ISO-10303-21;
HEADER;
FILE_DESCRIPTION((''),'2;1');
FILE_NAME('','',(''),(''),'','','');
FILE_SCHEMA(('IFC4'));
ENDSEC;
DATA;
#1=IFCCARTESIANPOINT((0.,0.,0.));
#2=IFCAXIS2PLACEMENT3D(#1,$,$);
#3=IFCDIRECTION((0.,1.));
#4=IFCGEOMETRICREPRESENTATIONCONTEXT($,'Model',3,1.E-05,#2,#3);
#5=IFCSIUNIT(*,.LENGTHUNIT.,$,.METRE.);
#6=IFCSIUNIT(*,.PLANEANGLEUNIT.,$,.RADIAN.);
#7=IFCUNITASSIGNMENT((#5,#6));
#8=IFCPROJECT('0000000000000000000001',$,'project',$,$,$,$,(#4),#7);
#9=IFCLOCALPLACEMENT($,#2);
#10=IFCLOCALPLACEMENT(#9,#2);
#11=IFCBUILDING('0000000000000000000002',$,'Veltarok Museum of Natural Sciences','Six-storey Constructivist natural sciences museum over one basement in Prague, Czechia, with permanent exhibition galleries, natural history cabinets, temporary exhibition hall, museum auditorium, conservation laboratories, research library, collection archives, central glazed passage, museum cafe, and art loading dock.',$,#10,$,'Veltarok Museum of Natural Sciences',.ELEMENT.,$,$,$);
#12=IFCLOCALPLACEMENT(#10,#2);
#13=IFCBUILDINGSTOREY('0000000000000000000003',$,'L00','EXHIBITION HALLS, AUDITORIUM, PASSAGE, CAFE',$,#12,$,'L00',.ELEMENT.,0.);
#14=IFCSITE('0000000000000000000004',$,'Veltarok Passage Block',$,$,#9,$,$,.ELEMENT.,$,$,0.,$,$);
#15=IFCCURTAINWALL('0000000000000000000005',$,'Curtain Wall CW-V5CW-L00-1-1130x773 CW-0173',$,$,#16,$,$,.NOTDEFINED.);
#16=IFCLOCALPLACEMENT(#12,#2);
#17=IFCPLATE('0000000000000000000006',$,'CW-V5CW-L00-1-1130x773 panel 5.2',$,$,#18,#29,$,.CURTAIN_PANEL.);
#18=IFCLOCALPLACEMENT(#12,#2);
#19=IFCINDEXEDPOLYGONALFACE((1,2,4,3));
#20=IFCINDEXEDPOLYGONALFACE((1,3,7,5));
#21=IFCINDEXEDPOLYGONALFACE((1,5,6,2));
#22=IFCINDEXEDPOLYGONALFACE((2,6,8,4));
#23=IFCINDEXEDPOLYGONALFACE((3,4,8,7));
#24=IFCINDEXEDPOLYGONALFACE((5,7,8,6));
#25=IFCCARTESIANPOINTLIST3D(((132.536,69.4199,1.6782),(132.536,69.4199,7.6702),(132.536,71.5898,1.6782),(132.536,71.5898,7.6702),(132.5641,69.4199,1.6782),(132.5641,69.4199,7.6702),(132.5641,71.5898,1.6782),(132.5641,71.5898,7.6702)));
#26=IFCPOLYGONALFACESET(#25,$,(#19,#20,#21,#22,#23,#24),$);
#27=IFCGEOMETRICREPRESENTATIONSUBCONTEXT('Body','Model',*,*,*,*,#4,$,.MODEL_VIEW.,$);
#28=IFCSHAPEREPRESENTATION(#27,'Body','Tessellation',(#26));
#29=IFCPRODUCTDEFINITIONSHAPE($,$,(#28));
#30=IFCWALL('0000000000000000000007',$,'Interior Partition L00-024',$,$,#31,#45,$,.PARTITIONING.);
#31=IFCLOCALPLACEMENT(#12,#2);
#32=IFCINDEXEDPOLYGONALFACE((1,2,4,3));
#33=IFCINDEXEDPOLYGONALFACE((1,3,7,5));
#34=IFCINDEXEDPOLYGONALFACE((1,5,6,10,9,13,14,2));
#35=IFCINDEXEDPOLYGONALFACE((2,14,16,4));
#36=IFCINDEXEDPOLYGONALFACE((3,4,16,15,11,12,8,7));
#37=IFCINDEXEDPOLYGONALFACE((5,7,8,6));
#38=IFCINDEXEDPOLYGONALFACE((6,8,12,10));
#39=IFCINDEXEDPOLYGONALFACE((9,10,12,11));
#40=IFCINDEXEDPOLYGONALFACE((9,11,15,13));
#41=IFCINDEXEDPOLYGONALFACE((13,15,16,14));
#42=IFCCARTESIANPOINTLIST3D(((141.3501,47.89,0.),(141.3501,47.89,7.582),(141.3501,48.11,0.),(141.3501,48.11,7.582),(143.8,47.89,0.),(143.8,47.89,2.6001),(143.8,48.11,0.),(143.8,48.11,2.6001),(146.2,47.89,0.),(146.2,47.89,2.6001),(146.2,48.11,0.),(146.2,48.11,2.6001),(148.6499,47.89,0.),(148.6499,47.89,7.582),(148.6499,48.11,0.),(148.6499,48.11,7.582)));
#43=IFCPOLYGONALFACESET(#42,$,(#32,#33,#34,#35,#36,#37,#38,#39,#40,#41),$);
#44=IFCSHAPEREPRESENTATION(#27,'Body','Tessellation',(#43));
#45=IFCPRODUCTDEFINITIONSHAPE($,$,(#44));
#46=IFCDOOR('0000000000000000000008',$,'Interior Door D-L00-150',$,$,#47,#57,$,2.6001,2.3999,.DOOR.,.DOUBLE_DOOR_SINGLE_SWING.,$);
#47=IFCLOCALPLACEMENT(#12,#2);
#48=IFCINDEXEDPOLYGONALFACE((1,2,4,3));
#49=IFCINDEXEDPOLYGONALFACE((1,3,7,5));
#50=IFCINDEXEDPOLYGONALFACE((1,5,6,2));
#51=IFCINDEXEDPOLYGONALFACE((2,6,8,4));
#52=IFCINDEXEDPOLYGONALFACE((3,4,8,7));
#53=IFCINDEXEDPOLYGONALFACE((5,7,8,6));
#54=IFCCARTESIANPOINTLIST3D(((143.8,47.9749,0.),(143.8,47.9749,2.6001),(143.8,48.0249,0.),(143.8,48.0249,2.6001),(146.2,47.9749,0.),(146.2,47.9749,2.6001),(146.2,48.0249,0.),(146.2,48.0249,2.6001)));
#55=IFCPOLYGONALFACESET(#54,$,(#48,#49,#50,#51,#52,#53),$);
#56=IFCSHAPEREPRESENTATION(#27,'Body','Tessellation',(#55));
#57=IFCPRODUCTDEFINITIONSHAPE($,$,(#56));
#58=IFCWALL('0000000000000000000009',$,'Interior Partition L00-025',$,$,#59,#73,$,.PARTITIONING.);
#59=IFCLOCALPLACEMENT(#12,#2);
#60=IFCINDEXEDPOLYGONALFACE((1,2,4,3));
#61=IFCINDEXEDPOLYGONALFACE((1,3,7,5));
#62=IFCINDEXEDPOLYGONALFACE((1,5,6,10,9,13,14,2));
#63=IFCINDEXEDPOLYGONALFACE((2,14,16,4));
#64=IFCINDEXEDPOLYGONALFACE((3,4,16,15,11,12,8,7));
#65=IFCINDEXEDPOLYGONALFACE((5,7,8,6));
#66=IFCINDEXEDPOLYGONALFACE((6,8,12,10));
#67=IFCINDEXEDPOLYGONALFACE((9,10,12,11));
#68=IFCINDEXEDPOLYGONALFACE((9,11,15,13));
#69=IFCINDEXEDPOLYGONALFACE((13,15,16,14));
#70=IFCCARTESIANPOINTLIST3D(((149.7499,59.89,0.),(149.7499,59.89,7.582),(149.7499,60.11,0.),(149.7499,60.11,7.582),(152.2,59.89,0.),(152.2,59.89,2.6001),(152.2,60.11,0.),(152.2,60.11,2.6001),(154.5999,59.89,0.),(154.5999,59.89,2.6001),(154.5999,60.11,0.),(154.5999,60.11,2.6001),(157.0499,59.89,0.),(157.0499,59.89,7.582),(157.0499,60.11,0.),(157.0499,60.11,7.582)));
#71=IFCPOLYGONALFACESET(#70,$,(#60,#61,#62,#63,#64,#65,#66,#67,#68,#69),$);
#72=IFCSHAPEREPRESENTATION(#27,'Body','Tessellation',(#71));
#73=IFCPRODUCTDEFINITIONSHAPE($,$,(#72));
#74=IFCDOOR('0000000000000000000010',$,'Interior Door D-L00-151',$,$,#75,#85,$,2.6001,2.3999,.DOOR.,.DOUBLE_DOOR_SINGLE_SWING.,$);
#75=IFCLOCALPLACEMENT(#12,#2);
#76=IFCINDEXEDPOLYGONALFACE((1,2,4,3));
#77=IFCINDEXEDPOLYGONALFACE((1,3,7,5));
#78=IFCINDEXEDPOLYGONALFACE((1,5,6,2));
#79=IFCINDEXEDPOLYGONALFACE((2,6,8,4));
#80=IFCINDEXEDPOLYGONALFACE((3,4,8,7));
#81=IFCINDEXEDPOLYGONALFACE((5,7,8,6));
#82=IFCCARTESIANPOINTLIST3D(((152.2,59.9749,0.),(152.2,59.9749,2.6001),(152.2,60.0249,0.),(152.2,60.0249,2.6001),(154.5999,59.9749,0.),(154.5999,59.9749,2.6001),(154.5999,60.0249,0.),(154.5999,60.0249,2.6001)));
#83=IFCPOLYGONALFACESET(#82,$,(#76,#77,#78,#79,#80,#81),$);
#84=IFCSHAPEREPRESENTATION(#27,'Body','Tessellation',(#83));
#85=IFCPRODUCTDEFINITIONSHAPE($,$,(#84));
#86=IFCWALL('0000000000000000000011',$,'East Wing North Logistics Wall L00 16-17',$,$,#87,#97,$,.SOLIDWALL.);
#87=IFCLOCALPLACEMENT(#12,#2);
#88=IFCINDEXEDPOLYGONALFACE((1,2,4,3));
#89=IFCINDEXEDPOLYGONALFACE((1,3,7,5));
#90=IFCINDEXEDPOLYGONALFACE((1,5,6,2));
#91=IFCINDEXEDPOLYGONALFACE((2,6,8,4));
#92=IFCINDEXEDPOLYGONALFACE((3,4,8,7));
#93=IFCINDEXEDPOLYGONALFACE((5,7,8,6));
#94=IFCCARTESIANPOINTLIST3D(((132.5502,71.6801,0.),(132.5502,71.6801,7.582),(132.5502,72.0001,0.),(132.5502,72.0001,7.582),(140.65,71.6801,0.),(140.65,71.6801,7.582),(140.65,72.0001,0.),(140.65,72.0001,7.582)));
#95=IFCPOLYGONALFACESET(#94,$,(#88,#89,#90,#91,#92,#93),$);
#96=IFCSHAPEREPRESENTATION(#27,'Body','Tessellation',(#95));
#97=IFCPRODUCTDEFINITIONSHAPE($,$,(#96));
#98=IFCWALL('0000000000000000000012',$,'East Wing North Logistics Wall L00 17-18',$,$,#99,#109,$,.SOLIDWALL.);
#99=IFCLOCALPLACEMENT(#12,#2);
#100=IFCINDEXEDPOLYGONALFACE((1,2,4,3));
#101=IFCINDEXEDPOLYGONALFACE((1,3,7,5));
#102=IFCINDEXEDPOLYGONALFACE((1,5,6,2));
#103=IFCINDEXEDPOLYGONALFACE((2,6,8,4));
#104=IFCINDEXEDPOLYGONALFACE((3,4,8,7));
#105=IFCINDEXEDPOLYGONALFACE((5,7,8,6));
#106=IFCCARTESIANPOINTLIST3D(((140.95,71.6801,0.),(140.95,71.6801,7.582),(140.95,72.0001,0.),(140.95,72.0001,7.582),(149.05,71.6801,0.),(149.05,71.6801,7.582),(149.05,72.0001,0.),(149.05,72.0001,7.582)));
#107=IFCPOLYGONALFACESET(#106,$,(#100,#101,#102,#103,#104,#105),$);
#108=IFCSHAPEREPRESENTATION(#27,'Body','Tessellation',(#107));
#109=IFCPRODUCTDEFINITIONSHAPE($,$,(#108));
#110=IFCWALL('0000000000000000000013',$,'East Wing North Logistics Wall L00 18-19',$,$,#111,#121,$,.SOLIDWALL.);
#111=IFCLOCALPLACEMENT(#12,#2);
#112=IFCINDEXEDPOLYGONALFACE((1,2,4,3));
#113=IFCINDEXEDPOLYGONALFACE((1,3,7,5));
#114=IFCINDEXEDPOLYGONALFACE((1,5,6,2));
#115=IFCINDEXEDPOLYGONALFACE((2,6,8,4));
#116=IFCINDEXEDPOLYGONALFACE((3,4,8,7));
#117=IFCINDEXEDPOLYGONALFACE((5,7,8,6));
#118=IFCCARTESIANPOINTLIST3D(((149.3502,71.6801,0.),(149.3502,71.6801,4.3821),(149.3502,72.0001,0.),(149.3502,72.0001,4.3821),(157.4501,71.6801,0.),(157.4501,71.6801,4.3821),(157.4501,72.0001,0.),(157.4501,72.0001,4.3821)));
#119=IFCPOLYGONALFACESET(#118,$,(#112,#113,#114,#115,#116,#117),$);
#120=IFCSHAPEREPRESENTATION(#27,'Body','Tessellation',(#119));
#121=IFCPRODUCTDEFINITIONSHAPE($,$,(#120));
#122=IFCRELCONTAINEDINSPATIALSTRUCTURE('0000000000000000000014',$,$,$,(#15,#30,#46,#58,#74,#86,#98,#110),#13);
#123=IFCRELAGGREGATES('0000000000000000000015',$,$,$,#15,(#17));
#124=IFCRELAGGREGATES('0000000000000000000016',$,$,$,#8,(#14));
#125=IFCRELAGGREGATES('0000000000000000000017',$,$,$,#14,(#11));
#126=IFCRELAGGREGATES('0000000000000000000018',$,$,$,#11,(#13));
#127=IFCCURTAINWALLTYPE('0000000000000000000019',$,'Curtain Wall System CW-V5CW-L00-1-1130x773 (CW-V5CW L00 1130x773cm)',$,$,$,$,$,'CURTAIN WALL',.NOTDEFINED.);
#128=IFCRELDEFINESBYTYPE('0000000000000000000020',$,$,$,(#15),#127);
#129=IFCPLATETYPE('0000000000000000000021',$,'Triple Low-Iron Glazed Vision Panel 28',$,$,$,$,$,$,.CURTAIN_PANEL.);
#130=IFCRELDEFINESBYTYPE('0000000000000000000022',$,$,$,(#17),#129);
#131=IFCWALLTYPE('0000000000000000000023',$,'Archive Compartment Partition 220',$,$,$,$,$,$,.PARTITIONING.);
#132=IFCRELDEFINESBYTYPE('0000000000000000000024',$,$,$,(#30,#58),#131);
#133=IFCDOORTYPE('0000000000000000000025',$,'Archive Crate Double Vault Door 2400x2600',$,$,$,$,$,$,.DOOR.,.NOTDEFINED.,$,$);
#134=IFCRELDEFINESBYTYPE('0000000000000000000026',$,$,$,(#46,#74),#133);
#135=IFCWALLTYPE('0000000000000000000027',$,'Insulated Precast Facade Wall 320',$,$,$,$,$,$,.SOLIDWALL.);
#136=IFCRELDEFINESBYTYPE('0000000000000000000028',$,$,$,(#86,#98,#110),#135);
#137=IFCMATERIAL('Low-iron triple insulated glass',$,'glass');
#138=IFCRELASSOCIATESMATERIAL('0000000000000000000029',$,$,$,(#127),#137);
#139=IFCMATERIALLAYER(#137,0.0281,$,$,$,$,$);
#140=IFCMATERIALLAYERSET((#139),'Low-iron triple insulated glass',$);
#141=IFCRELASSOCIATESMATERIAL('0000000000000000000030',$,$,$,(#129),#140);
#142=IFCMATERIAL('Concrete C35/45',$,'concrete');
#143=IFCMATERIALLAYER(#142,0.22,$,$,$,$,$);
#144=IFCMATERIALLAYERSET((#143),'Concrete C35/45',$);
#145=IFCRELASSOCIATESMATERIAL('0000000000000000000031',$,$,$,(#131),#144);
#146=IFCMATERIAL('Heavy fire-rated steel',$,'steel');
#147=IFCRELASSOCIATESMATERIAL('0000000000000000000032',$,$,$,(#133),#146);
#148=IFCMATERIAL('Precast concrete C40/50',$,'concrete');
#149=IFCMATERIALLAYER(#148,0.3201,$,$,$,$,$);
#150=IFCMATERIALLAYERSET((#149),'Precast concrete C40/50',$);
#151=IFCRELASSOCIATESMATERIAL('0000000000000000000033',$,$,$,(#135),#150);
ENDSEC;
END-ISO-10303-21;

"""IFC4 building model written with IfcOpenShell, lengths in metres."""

from ifc_helpers import new_model, si_unit, direction, frame, frame_2d, origin, origin_2d, place, context, subcontext, project, spatial, rectangle, extrude, material, layer, layer_set, type_object, element, fill, aggregate, save


model = new_model("IFC4")

# Units and contexts
model_context = context("Model", 3, precision=1e-05, world=origin(), true_north=direction((0.0, 1.0)))
body_context = subcontext(model_context, "Body", "Model", "MODEL_VIEW")
ifc_project = project(units=[si_unit("LENGTHUNIT", "METRE"), si_unit("PLANEANGLEUNIT", "RADIAN")], contexts=[model_context])

# Site, building, storey
site_placement = place(None, origin())
site = spatial("IfcSite", under=ifc_project, at=site_placement, Name="Veltarok Passage Block", CompositionType="ELEMENT", RefElevation=0.0)
building_placement = place(site_placement, origin())
building = spatial("IfcBuilding", under=site, at=building_placement, Name="Veltarok Museum of Natural Sciences", Description="Six-storey Constructivist natural sciences museum over one basement in Prague, Czechia, with permanent exhibition galleries, natural history cabinets, temporary exhibition hall, museum auditorium, conservation laboratories, research library, collection archives, central glazed passage, museum cafe, and art loading dock.", LongName="Veltarok Museum of Natural Sciences", CompositionType="ELEMENT")
storey_placement = place(building_placement, origin())
storey = spatial("IfcBuildingStorey", under=building, at=storey_placement, Name="L00", Description="EXHIBITION HALLS, AUDITORIUM, PASSAGE, CAFE", LongName="L00", CompositionType="ELEMENT", Elevation=0.0)

# Curtain wall
ifc_material_1 = material(Name="Low-iron triple insulated glass", Category="glass")
curtain_wall_type = type_object("IfcCurtainWallType", Name="Curtain Wall System CW-V5CW-L00-1-1130x773 (CW-V5CW L00 1130x773cm)", ElementType="CURTAIN WALL", PredefinedType="NOTDEFINED", material=ifc_material_1)
curtain_wall_placement = place(storey_placement, origin())
curtain_wall = element("IfcCurtainWall", 1, at=curtain_wall_placement, inside=storey, type_object=curtain_wall_type, Name="Curtain Wall CW-V5CW-L00-1-1130x773 CW-0173", PredefinedType="NOTDEFINED")

# Shared definitions
ifc_material_2 = material(Name="Precast concrete C40/50", Category="concrete")

# Plate
ifc_layer_1 = layer(ifc_material_1, 0.0281)
ifc_layer_set_1 = layer_set([ifc_layer_1], Name="Low-iron triple insulated glass")
plate_type = type_object("IfcPlateType", Name="Triple Low-Iron Glazed Vision Panel 28", PredefinedType="CURTAIN_PANEL", material=ifc_layer_set_1)
plate_placement = place(storey_placement, frame((132.55, 70.5049, 1.6782), z_axis=(0.0, 0.0, 1.0), x_axis=(0.0, 1.0, 0.0)))
plate = element("IfcPlate", 2, at=plate_placement, type_object=plate_type, Name="CW-V5CW-L00-1-1130x773 panel 5.2", PredefinedType="CURTAIN_PANEL", context=body_context, shape_type="SweptSolid", body=[
    extrude(rectangle(XDim=2.1699, YDim=0.0281, at=origin_2d()), origin(), (0.0, 0.0, 1.0), 5.9919),
])
aggregate(curtain_wall, [plate])

# Walls, openings, doors
ifc_material_3 = material(Name="Concrete C35/45", Category="concrete")
ifc_layer_2 = layer(ifc_material_3, 0.22)
ifc_layer_set_2 = layer_set([ifc_layer_2], Name="Concrete C35/45")
wall_type_1 = type_object("IfcWallType", Name="Archive Compartment Partition 220", PredefinedType="PARTITIONING", material=ifc_layer_set_2)
wall_1_placement = place(storey_placement, frame((141.3501, 48.0, 0.0), z_axis=(0.0, 0.0, 1.0), x_axis=(1.0, 0.0, 0.0)))
wall_1 = element("IfcWall", 3, at=wall_1_placement, inside=storey, type_object=wall_type_1, Name="Interior Partition L00-024", PredefinedType="PARTITIONING", context=body_context, shape_type="SweptSolid", body=[
    extrude(rectangle(XDim=7.2998, YDim=0.22, at=frame_2d((3.6499, 0.0))), origin(), (0.0, 0.0, 1.0), 7.582),
])
opening_1_placement = place(wall_1_placement, frame((2.45, 0.0, 0.0)))
opening_1 = element("IfcOpeningElement", 4, at=opening_1_placement, cuts=wall_1, PredefinedType="OPENING", context=body_context, shape_type="SweptSolid", body=[
    extrude(rectangle(XDim=2.3999, YDim=2.6001, at=frame_2d((1.2, 1.3))), frame((0.0, 0.1201, 0.0), z_axis=(0.0, -1.0, 0.0), x_axis=(1.0, 0.0, 0.0)), (0.0, 0.0, 1.0), 0.24),
])
ifc_material_4 = material(Name="Heavy fire-rated steel", Category="steel")
door_type = type_object("IfcDoorType", Name="Archive Crate Double Vault Door 2400x2600", OperationType="NOTDEFINED", PredefinedType="DOOR", material=ifc_material_4)
door_1_placement = place(opening_1_placement, origin())
door_1 = element("IfcDoor", 5, at=door_1_placement, inside=storey, type_object=door_type, Name="Interior Door D-L00-150", OperationType="DOUBLE_DOOR_SINGLE_SWING", OverallHeight=2.6001, OverallWidth=2.3999, PredefinedType="DOOR", context=body_context, shape_type="SweptSolid", body=[
    extrude(rectangle(XDim=2.3999, YDim=2.6001, at=frame_2d((1.2, 1.3))), frame((0.0, 0.0249, 0.0), z_axis=(0.0, -1.0, 0.0), x_axis=(1.0, 0.0, 0.0)), (0.0, 0.0, 1.0), 0.05),
])
fill(opening_1, door_1)
wall_2_placement = place(storey_placement, frame((149.75, 60.0, 0.0), z_axis=(0.0, 0.0, 1.0), x_axis=(1.0, 0.0, 0.0)))
wall_2 = element("IfcWall", 6, at=wall_2_placement, inside=storey, type_object=wall_type_1, Name="Interior Partition L00-025", PredefinedType="PARTITIONING", context=body_context, shape_type="SweptSolid", body=[
    extrude(rectangle(XDim=7.3, YDim=0.22, at=frame_2d((3.6499, 0.0))), origin(), (0.0, 0.0, 1.0), 7.582),
])
opening_2_placement = place(wall_2_placement, frame((2.45, 0.0, 0.0)))
opening_2 = element("IfcOpeningElement", 7, at=opening_2_placement, cuts=wall_2, PredefinedType="OPENING", context=body_context, shape_type="SweptSolid", body=[
    extrude(rectangle(XDim=2.3999, YDim=2.6001, at=frame_2d((1.2, 1.3))), frame((0.0, 0.1201, 0.0), z_axis=(0.0, -1.0, 0.0), x_axis=(1.0, 0.0, 0.0)), (0.0, 0.0, 1.0), 0.24),
])
door_2_placement = place(opening_2_placement, origin())
door_2 = element("IfcDoor", 8, at=door_2_placement, inside=storey, type_object=door_type, Name="Interior Door D-L00-151", OperationType="DOUBLE_DOOR_SINGLE_SWING", OverallHeight=2.6001, OverallWidth=2.3999, PredefinedType="DOOR", context=body_context, shape_type="SweptSolid", body=[
    extrude(rectangle(XDim=2.3999, YDim=2.6001, at=frame_2d((1.2, 1.3))), frame((0.0, 0.0249, 0.0), z_axis=(0.0, -1.0, 0.0), x_axis=(1.0, 0.0, 0.0)), (0.0, 0.0, 1.0), 0.05),
])
fill(opening_2, door_2)

# Walls
ifc_layer_3 = layer(ifc_material_2, 0.3201)
ifc_layer_set_3 = layer_set([ifc_layer_3], Name="Precast concrete C40/50")
wall_type_2 = type_object("IfcWallType", Name="Insulated Precast Facade Wall 320", PredefinedType="SOLIDWALL", material=ifc_layer_set_3)
wall_3_placement = place(storey_placement, frame((140.6499, 71.8401, 0.0), z_axis=(0.0, 0.0, 1.0), x_axis=(-1.0, 0.0, 0.0)))
element("IfcWall", 9, at=wall_3_placement, inside=storey, type_object=wall_type_2, Name="East Wing North Logistics Wall L00 16-17", PredefinedType="SOLIDWALL", context=body_context, shape_type="SweptSolid", body=[
    extrude(rectangle(XDim=8.0999, YDim=0.3201, at=frame_2d((4.0498, 0.0))), origin(), (0.0, 0.0, 1.0), 7.582),
])
wall_4_placement = place(storey_placement, frame((149.05, 71.8401, 0.0), z_axis=(0.0, 0.0, 1.0), x_axis=(-1.0, 0.0, 0.0)))
element("IfcWall", 10, at=wall_4_placement, inside=storey, type_object=wall_type_2, Name="East Wing North Logistics Wall L00 17-18", PredefinedType="SOLIDWALL", context=body_context, shape_type="SweptSolid", body=[
    extrude(rectangle(XDim=8.1001, YDim=0.3201, at=frame_2d((4.05, 0.0))), origin(), (0.0, 0.0, 1.0), 7.582),
])
wall_5_placement = place(storey_placement, frame((157.45, 71.8401, 0.0), z_axis=(0.0, 0.0, 1.0), x_axis=(-1.0, 0.0, 0.0)))
element("IfcWall", 11, at=wall_5_placement, inside=storey, type_object=wall_type_2, Name="East Wing North Logistics Wall L00 18-19", PredefinedType="SOLIDWALL", context=body_context, shape_type="SweptSolid", body=[
    extrude(rectangle(XDim=8.0999, YDim=0.3201, at=frame_2d((4.0498, 0.0))), origin(), (0.0, 0.0, 1.0), 4.3821),
])

save(model, "model.ifc")
